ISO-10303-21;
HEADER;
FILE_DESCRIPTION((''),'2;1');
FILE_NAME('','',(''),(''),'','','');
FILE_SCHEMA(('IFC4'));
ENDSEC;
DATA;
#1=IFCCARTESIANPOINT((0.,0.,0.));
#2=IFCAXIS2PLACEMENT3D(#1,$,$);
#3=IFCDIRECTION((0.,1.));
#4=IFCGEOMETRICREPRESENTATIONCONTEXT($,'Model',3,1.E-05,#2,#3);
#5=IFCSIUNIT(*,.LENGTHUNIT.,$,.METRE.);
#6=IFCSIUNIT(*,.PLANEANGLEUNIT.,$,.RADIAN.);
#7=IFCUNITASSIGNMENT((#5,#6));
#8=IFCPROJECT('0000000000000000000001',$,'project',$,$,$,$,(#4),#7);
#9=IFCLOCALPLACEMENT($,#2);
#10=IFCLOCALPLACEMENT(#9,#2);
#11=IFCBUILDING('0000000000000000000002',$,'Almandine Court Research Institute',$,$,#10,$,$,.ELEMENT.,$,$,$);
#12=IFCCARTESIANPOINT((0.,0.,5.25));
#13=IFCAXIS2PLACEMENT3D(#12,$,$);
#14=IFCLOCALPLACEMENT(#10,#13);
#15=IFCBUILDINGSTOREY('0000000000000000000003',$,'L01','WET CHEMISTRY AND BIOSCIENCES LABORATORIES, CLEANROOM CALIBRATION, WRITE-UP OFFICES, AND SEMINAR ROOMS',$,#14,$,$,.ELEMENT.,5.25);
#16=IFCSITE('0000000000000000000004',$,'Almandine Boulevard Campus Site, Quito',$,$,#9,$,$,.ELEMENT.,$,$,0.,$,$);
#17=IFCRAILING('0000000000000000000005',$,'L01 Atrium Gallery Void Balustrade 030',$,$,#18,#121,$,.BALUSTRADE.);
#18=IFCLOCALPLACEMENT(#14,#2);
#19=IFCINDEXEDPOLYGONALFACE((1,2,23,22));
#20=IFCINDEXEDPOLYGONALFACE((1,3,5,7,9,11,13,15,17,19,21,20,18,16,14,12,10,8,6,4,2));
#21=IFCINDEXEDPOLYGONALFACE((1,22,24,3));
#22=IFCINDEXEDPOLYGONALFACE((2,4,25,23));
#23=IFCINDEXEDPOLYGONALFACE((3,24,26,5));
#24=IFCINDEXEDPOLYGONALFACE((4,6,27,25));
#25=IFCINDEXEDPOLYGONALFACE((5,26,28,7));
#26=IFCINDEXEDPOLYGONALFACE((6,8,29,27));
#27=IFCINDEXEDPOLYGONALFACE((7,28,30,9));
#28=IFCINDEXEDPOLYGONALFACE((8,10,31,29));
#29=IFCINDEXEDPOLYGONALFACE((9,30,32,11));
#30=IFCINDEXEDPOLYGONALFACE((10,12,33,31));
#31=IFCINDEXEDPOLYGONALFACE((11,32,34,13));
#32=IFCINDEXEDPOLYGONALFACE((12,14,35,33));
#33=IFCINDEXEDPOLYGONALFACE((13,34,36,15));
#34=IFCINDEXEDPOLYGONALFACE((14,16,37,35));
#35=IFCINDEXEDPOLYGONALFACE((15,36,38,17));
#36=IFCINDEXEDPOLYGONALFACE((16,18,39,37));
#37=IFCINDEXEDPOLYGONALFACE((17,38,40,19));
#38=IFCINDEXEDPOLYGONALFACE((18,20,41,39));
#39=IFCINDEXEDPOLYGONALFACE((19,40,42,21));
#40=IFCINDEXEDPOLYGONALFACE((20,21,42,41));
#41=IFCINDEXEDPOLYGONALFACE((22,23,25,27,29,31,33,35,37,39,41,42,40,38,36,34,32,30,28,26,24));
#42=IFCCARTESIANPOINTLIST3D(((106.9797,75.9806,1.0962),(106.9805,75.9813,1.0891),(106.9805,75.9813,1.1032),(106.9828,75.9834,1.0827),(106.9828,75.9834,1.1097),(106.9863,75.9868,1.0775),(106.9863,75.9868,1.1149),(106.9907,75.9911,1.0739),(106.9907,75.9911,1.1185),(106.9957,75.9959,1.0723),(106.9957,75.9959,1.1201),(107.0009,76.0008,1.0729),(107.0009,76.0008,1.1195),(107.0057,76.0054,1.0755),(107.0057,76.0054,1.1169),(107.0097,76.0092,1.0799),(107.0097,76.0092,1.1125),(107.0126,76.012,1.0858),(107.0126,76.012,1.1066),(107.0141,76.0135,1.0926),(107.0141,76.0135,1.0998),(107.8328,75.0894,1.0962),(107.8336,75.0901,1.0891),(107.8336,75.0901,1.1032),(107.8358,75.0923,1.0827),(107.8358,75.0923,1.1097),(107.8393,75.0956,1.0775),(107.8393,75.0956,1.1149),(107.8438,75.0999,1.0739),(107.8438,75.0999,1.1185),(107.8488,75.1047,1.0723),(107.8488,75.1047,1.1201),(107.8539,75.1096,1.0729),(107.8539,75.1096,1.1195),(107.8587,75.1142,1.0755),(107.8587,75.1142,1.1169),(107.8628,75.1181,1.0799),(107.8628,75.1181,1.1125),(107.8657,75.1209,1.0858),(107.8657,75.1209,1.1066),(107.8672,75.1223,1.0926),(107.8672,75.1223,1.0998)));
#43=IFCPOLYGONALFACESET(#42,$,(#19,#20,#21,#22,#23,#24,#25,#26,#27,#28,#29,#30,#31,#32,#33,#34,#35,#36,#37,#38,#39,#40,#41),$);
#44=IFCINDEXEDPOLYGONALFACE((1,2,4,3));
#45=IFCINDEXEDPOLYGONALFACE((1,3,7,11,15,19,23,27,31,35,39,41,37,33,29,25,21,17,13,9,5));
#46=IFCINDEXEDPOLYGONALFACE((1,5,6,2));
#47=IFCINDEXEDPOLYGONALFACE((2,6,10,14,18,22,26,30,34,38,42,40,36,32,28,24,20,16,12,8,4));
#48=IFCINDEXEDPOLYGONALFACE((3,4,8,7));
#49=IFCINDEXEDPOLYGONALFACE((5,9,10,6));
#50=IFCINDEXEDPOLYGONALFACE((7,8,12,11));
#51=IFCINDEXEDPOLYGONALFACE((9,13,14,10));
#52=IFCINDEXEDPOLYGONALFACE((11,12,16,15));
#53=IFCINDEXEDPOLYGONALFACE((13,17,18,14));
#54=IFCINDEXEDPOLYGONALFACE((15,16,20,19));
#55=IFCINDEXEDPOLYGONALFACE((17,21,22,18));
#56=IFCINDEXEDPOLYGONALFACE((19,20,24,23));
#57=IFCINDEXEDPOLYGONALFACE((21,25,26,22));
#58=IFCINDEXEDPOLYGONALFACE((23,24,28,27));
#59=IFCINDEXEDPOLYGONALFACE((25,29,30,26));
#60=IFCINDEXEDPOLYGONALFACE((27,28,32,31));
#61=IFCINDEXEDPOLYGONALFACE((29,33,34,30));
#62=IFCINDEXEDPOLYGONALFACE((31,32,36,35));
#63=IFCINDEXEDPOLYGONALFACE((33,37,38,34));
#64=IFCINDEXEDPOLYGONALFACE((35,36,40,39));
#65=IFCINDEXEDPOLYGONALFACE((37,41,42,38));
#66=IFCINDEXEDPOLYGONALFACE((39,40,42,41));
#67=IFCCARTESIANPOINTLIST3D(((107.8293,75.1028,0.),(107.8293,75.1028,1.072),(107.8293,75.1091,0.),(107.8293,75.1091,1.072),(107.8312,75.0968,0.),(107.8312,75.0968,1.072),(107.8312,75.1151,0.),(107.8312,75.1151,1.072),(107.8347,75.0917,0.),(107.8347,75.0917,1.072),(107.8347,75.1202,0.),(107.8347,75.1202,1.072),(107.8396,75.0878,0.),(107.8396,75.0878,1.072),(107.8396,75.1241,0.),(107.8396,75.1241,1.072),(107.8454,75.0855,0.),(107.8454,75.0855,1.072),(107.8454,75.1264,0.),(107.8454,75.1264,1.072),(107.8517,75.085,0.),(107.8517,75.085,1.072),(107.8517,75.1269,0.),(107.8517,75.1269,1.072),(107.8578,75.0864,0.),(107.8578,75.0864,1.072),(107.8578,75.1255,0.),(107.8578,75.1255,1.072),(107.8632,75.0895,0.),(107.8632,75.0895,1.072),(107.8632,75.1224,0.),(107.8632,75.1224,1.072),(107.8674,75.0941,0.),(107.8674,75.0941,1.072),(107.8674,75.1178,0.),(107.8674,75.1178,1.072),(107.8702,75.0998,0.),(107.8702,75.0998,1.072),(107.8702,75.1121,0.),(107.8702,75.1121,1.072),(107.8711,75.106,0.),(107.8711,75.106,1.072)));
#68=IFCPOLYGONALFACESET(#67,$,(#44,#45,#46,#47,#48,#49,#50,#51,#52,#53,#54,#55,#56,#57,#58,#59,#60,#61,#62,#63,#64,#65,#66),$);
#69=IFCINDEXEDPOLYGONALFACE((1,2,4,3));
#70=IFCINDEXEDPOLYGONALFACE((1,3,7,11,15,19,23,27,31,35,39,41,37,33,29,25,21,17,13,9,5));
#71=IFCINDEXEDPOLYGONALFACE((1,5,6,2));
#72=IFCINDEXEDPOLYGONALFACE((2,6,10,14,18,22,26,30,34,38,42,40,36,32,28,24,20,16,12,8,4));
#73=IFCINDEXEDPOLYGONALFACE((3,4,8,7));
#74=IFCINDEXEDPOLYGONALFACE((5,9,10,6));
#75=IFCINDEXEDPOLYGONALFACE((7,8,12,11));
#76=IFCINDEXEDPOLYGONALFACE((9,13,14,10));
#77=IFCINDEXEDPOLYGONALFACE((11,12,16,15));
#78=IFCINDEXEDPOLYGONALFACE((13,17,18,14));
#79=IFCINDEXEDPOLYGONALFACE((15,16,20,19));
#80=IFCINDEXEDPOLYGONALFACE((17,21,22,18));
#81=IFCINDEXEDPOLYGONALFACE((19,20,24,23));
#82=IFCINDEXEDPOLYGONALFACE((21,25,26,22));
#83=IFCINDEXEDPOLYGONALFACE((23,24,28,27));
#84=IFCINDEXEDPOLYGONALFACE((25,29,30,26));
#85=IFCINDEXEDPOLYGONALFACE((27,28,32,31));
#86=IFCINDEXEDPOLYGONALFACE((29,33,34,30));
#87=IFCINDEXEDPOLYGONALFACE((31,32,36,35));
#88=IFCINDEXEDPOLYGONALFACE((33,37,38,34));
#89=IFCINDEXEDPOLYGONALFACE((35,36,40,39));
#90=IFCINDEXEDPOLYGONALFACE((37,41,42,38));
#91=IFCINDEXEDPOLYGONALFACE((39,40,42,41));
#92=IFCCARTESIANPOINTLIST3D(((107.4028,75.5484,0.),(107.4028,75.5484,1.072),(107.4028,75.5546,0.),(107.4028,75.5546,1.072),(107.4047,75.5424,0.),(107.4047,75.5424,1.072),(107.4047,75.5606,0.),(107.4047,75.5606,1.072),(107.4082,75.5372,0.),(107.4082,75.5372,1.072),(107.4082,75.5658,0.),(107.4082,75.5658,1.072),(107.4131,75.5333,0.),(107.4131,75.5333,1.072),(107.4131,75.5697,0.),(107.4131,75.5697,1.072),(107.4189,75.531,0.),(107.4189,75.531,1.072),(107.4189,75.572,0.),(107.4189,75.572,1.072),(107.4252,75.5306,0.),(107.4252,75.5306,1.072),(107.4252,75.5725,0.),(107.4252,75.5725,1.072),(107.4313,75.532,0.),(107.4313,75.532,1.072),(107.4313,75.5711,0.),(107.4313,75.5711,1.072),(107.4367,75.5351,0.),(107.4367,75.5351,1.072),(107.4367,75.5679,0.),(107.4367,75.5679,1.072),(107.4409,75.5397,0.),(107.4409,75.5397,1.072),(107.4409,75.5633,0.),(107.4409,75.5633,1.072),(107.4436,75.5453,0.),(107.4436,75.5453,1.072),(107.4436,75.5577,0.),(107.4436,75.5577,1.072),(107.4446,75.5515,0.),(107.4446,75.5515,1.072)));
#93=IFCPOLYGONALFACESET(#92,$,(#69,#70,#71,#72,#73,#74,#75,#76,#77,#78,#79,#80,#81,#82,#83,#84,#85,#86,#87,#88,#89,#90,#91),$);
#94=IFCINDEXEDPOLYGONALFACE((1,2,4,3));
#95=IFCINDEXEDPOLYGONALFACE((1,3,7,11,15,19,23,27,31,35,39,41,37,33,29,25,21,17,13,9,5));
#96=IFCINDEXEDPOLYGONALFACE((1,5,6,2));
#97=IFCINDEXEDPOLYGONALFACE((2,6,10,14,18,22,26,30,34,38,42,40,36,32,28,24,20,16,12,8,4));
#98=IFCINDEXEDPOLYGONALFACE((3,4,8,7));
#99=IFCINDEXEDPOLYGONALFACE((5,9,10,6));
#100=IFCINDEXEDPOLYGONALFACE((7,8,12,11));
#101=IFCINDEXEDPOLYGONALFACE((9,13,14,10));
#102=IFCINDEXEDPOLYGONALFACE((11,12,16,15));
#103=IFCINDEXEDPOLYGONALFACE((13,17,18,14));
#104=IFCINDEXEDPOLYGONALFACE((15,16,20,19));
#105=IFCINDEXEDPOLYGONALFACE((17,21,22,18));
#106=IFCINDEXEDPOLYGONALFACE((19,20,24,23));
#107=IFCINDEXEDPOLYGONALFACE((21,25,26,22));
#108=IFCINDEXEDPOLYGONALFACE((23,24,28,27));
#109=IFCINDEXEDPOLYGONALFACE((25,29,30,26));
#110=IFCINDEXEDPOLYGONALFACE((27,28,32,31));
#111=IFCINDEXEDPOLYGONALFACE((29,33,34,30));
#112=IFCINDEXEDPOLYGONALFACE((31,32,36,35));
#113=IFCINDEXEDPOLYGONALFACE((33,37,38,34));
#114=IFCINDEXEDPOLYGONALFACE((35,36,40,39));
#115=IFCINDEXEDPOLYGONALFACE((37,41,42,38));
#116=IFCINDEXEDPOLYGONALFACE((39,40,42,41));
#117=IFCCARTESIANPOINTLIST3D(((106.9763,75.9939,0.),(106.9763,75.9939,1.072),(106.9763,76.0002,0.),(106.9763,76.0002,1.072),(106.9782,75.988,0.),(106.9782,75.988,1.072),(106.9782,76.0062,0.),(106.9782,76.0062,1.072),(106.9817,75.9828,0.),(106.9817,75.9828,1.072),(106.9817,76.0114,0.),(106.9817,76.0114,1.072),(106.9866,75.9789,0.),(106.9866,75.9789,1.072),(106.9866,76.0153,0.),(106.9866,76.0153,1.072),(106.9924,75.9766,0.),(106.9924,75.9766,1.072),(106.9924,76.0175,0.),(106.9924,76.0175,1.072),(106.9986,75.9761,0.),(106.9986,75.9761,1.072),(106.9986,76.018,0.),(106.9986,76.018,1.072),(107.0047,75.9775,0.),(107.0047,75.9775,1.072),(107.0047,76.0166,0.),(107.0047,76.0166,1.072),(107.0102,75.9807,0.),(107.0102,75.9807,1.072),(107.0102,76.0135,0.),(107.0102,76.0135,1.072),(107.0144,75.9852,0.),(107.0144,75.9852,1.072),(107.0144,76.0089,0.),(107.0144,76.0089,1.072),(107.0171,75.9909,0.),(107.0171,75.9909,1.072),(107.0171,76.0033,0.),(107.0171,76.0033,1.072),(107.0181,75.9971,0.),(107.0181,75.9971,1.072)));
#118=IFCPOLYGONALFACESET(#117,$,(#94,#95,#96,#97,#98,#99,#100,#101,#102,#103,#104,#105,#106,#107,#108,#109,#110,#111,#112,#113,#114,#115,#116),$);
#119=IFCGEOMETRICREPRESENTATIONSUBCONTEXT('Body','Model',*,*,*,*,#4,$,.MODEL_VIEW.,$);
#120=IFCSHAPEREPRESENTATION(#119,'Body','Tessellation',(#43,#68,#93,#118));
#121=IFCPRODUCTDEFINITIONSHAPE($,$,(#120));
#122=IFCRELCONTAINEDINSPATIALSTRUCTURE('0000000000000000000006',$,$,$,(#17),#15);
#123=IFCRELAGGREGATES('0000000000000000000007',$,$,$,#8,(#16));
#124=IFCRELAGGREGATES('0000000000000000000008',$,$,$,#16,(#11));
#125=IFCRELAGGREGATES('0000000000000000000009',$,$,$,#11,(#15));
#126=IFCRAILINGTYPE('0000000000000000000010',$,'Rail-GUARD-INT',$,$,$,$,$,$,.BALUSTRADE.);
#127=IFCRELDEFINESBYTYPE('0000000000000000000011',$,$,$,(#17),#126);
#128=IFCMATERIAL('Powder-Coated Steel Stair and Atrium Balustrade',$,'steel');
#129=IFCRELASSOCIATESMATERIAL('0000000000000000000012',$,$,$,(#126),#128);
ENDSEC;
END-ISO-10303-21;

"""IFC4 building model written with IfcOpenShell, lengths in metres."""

from ifc_helpers import new_model, si_unit, direction, frame, origin, origin_2d, place, context, subcontext, project, spatial, circle, extrude, material, type_object, element, save


model = new_model("IFC4")

# Units and contexts
model_context = context("Model", 3, precision=1e-05, world=origin(), true_north=direction((0.0, 1.0)))
body_context = subcontext(model_context, "Body", "Model", "MODEL_VIEW")
ifc_project = project(units=[si_unit("LENGTHUNIT", "METRE"), si_unit("PLANEANGLEUNIT", "RADIAN")], contexts=[model_context])

# Site, building, storey
site_placement = place(None, origin())
site = spatial("IfcSite", under=ifc_project, at=site_placement, Name="Almandine Boulevard Campus Site, Quito", CompositionType="ELEMENT", RefElevation=0.0)
building_placement = place(site_placement, origin())
building = spatial("IfcBuilding", under=site, at=building_placement, Name="Almandine Court Research Institute", CompositionType="ELEMENT")
storey_placement = place(building_placement, frame((0.0, 0.0, 5.25)))
storey = spatial("IfcBuildingStorey", under=building, at=storey_placement, Name="L01", Description="WET CHEMISTRY AND BIOSCIENCES LABORATORIES, CLEANROOM CALIBRATION, WRITE-UP OFFICES, AND SEMINAR ROOMS", CompositionType="ELEMENT", Elevation=5.25)

# Railing
ifc_material_1 = material(Name="Powder-Coated Steel Stair and Atrium Balustrade", Category="steel")
railing_type = type_object("IfcRailingType", Name="Rail-GUARD-INT", PredefinedType="BALUSTRADE", material=ifc_material_1)
railing_1_placement = place(storey_placement, frame((107.8501, 75.106, 0.0)))
element("IfcRailing", 1, at=railing_1_placement, inside=storey, type_object=railing_type, Name="L01 Atrium Gallery Void Balustrade 030", PredefinedType="BALUSTRADE", context=body_context, shape_type="SweptSolid", body=[
    extrude(circle(Radius=0.0239, at=origin_2d()), frame((0.0, 0.0, 1.0962), z_axis=(-0.691501, 0.722375, 0.0), x_axis=(-0.722375, -0.691501, 0.0)), (0.0, 0.0, 1.0), 1.2336),
    extrude(circle(Radius=0.021, at=origin_2d()), origin(), (0.0, 0.0, 1.0), 1.072),
    extrude(circle(Radius=0.021, at=origin_2d()), frame((-0.4265, 0.4456, 0.0)), (0.0, 0.0, 1.0), 1.072),
    extrude(circle(Radius=0.021, at=origin_2d()), frame((-0.853, 0.8911, 0.0)), (0.0, 0.0, 1.0), 1.072),
])

save(model, "model.ifc")
